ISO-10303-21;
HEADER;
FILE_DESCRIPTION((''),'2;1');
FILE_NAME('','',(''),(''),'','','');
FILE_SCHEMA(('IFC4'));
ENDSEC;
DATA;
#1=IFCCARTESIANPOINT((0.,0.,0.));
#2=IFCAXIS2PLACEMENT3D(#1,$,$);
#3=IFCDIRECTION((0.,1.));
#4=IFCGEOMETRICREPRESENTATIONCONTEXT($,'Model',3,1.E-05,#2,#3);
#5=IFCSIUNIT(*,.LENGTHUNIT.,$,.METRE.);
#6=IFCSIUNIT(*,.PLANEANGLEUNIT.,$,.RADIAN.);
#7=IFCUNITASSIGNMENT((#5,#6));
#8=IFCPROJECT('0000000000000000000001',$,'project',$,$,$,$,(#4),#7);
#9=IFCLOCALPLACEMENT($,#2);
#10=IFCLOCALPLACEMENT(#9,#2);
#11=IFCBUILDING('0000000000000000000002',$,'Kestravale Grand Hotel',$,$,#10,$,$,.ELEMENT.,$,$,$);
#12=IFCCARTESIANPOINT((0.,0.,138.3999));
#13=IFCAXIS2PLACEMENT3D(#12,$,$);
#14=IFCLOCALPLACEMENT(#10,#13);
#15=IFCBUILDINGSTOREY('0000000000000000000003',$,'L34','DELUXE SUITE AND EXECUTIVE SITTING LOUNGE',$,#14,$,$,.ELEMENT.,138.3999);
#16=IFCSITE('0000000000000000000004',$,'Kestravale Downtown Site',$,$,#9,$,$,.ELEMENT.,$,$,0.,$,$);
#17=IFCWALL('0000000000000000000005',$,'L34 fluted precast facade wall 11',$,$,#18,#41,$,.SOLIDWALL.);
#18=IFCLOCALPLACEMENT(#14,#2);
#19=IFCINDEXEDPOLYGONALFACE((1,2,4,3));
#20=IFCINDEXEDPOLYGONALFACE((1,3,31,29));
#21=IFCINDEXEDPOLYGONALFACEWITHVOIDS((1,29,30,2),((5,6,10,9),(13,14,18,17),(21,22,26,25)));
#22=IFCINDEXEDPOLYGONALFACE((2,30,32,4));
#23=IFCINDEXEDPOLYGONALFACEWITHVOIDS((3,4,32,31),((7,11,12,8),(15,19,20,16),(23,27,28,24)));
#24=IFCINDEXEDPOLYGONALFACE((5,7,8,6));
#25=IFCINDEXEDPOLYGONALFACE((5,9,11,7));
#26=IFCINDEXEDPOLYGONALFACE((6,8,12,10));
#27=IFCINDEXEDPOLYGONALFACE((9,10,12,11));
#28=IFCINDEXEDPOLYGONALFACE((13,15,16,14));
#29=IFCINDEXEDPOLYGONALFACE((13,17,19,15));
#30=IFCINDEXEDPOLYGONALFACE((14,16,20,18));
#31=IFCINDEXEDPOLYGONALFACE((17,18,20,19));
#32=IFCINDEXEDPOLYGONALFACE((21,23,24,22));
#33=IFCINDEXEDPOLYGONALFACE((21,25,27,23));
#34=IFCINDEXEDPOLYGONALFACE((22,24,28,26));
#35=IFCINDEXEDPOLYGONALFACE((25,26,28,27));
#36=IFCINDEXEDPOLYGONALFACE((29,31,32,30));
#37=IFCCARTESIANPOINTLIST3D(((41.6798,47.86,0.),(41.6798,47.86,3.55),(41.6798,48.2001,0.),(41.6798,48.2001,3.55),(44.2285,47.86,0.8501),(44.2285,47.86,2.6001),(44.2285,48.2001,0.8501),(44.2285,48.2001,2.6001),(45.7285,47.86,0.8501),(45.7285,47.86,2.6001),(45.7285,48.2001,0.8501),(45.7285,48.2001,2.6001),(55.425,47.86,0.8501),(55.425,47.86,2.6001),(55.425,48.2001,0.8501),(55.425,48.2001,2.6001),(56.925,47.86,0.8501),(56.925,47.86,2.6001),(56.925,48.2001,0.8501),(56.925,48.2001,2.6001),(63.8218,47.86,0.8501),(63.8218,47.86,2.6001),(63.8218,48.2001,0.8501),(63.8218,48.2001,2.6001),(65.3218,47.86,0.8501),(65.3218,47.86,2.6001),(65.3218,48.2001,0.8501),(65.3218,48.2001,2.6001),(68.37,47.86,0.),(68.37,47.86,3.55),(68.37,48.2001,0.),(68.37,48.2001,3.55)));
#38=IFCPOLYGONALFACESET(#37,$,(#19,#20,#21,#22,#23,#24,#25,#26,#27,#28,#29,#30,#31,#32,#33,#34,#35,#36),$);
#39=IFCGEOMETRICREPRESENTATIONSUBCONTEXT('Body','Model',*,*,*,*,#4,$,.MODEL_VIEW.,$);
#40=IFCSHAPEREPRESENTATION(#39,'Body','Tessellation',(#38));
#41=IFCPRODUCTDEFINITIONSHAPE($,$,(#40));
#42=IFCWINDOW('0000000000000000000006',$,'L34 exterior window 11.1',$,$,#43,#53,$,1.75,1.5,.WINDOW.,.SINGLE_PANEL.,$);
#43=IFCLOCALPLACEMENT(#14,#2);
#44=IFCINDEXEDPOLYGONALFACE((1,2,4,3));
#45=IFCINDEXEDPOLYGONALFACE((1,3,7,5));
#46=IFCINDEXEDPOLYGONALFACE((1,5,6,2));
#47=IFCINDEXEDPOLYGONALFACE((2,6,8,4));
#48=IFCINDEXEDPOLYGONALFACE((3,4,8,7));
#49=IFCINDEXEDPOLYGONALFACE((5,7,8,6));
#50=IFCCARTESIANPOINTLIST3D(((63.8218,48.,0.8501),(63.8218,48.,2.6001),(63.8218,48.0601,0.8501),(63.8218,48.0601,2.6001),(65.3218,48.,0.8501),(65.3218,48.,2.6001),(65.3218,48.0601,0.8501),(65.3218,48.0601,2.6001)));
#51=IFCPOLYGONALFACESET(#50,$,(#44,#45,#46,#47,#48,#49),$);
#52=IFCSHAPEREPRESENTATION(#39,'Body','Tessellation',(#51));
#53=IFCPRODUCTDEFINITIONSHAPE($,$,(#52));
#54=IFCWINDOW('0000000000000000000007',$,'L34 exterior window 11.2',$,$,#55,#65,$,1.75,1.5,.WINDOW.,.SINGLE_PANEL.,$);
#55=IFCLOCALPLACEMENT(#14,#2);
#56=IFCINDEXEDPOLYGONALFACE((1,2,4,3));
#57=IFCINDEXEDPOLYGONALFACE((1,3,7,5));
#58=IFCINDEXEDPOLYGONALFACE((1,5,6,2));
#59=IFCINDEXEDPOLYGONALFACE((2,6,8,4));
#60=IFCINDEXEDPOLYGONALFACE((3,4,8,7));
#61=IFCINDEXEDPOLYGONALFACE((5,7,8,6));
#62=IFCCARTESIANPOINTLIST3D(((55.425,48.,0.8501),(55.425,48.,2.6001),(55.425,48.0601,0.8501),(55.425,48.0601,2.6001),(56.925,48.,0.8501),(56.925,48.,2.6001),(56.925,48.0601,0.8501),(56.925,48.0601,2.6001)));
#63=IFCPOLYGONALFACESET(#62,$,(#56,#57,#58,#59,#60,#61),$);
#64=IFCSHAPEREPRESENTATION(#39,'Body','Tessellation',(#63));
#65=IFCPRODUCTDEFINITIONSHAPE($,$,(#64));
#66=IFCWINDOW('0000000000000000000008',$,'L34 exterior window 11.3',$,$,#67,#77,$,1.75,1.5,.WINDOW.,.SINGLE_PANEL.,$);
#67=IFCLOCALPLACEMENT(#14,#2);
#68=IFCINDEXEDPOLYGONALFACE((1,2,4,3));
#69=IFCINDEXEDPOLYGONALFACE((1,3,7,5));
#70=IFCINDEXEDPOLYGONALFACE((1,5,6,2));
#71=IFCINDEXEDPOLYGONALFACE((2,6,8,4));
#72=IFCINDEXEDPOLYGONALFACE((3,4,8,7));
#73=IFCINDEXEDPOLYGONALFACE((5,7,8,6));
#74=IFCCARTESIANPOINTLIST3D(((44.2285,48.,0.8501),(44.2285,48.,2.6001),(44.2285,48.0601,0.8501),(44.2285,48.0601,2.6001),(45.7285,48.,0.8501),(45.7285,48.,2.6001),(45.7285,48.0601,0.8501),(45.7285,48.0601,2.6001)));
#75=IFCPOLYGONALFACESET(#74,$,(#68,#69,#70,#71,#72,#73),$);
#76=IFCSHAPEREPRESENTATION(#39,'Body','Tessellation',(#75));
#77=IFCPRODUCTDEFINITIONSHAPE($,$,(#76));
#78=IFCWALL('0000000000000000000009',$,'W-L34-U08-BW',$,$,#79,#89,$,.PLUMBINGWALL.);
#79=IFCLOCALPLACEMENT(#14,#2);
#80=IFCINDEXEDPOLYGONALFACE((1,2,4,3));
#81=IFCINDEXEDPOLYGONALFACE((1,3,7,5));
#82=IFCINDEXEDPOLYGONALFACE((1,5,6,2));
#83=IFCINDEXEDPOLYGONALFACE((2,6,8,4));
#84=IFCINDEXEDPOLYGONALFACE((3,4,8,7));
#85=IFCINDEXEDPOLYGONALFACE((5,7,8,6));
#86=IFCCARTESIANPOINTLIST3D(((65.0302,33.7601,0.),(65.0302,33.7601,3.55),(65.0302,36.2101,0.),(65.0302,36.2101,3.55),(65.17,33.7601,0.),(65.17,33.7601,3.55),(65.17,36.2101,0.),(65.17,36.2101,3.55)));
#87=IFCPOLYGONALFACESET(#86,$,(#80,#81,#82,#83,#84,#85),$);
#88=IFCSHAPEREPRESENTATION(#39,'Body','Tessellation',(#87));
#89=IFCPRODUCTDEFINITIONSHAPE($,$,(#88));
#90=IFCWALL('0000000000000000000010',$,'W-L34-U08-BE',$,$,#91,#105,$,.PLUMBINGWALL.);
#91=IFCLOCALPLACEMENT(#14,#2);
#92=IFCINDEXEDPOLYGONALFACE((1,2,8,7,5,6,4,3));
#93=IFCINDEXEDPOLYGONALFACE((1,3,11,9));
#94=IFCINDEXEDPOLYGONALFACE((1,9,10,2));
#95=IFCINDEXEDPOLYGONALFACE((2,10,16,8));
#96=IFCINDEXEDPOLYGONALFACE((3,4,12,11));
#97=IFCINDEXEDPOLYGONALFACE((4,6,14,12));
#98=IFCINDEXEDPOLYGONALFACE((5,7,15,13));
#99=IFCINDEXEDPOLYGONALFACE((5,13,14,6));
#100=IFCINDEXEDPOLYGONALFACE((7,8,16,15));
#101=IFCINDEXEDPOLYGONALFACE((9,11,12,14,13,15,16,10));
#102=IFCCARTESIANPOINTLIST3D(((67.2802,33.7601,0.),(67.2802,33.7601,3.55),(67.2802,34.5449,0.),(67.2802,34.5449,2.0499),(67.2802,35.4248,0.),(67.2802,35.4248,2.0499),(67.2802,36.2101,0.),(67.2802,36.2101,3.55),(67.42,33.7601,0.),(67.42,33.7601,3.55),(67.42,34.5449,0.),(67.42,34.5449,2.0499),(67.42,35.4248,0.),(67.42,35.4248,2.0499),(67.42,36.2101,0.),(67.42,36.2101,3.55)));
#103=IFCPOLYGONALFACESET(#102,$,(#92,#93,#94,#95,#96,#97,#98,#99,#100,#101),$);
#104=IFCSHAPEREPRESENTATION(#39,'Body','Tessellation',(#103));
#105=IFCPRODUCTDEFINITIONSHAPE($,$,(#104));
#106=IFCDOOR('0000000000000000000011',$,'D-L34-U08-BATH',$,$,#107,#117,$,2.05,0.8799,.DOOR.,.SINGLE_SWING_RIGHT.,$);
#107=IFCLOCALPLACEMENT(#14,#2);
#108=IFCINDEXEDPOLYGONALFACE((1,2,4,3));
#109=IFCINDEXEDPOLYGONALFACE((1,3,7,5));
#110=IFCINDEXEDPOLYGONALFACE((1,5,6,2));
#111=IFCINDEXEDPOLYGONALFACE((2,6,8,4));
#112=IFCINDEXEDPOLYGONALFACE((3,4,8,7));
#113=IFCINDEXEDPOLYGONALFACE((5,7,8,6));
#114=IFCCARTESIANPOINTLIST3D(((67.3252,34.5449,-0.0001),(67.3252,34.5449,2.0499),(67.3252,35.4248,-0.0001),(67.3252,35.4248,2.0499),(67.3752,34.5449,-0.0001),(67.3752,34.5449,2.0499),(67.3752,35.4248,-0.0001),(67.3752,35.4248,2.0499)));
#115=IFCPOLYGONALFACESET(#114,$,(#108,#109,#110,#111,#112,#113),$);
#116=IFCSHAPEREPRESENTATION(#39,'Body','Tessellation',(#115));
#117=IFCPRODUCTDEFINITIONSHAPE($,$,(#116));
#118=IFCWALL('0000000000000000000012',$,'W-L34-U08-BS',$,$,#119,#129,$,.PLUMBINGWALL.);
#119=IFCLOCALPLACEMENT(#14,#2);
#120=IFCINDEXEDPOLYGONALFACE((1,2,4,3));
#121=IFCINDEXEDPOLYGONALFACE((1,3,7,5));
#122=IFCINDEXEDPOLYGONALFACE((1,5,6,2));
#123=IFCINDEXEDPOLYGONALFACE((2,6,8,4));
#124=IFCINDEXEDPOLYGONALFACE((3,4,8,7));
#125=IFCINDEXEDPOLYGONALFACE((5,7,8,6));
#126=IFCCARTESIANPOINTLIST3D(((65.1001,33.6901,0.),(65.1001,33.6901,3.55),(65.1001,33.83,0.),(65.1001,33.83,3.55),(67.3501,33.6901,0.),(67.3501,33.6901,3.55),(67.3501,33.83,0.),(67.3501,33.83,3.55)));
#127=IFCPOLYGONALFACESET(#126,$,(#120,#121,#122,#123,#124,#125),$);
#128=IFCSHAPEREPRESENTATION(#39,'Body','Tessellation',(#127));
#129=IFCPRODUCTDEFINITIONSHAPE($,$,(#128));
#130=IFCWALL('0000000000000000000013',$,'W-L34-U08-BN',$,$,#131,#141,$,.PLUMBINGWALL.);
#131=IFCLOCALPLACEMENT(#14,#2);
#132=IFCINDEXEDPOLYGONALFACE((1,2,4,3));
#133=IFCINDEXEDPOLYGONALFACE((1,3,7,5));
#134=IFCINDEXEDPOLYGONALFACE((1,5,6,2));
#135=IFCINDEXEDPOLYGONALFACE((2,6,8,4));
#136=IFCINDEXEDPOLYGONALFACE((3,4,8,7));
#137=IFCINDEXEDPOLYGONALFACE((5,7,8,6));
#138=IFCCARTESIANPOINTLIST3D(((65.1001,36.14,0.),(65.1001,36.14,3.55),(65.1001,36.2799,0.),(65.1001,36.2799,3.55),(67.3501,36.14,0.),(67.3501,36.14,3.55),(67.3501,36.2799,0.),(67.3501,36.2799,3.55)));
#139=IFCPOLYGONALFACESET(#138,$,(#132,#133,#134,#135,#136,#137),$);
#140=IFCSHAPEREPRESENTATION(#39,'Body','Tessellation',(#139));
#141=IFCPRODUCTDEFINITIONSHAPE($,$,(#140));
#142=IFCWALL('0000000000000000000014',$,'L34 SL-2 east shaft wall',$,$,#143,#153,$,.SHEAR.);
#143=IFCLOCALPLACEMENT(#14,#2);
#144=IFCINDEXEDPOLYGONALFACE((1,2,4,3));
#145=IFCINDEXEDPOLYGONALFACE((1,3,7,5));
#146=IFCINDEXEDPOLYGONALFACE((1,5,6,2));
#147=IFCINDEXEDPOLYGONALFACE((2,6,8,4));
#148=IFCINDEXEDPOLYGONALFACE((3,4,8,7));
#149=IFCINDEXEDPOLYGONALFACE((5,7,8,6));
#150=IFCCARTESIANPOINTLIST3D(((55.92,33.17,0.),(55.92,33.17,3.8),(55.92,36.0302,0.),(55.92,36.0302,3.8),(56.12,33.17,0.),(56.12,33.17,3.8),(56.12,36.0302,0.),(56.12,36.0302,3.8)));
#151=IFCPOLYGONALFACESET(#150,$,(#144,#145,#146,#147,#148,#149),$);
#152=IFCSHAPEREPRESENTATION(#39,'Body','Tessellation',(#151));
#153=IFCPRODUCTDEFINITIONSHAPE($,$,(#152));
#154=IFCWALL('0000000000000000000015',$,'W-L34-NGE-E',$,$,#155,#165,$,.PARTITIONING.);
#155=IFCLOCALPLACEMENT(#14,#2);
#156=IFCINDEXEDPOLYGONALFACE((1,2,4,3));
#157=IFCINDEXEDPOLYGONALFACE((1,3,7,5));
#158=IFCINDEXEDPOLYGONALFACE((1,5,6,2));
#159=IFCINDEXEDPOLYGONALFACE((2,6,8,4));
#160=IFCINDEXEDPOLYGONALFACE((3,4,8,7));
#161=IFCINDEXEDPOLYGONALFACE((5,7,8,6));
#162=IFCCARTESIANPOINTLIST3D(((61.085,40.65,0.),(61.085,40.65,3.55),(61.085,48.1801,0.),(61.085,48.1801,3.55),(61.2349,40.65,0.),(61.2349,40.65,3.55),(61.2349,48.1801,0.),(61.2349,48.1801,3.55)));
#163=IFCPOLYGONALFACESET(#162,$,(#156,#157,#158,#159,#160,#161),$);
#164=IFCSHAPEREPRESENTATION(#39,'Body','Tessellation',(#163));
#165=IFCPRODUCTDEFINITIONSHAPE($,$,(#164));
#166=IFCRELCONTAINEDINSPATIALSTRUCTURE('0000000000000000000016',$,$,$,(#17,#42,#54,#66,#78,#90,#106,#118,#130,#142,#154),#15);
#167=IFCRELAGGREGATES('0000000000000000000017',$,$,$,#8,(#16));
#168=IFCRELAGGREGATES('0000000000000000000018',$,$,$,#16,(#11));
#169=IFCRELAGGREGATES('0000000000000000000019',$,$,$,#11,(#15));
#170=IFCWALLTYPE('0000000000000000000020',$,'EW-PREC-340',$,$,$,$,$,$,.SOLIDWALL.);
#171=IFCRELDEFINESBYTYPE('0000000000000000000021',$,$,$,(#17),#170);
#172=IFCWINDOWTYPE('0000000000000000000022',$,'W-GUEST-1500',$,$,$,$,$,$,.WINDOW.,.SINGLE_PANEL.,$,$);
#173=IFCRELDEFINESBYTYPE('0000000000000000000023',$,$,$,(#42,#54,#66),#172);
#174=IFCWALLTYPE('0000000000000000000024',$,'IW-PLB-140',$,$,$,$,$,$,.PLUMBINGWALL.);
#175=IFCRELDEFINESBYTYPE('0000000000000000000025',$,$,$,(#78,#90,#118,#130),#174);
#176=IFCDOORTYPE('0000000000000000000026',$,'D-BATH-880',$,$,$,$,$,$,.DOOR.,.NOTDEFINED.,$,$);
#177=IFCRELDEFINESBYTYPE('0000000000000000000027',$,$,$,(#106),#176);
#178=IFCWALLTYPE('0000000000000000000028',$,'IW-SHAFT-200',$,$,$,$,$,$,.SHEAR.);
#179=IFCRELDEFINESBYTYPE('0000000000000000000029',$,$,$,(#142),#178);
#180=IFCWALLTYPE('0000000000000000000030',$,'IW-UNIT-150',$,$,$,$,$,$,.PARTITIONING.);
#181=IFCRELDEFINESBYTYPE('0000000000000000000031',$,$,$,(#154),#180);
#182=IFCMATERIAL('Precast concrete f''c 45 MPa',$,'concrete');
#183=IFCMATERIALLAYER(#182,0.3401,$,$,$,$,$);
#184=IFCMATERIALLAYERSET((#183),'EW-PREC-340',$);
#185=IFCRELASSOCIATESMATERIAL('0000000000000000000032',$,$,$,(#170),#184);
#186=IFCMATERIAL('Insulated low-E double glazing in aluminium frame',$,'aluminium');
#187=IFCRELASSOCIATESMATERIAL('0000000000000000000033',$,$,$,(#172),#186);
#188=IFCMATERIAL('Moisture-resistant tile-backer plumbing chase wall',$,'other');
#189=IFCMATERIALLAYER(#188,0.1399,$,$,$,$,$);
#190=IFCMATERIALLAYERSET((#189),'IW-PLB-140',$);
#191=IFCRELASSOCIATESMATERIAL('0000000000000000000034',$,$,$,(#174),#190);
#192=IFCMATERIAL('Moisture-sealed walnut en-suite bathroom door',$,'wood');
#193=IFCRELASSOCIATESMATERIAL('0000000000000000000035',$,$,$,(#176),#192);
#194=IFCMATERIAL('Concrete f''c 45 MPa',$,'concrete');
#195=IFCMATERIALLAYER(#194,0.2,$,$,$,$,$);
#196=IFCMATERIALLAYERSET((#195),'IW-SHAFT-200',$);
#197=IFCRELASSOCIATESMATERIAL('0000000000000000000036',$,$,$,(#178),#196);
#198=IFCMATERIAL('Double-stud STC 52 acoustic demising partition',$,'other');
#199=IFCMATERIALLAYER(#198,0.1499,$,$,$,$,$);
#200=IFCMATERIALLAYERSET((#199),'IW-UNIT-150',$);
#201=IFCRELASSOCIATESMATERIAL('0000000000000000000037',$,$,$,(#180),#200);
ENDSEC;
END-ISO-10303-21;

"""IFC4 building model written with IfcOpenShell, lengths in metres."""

from ifc_helpers import new_model, si_unit, direction, frame, frame_2d, origin, place, context, subcontext, project, spatial, rectangle, extrude, material, layer, layer_set, type_object, element, fill, save


model = new_model("IFC4")

# Units and contexts
model_context = context("Model", 3, precision=1e-05, world=origin(), true_north=direction((0.0, 1.0)))
body_context = subcontext(model_context, "Body", "Model", "MODEL_VIEW")
ifc_project = project(units=[si_unit("LENGTHUNIT", "METRE"), si_unit("PLANEANGLEUNIT", "RADIAN")], contexts=[model_context])

# Site, building, storey
site_placement = place(None, origin())
site = spatial("IfcSite", under=ifc_project, at=site_placement, Name="Kestravale Downtown Site", CompositionType="ELEMENT", RefElevation=0.0)
building_placement = place(site_placement, origin())
building = spatial("IfcBuilding", under=site, at=building_placement, Name="Kestravale Grand Hotel", CompositionType="ELEMENT")
storey_placement = place(building_placement, frame((0.0, 0.0, 138.3999)))
storey = spatial("IfcBuildingStorey", under=building, at=storey_placement, Name="L34", Description="DELUXE SUITE AND EXECUTIVE SITTING LOUNGE", CompositionType="ELEMENT", Elevation=138.3999)

# Shared definitions
ifc_material_1 = material(Name="Precast concrete f'c 45 MPa", Category="concrete")
ifc_layer_1 = layer(ifc_material_1, 0.3401)
ifc_layer_set_1 = layer_set([ifc_layer_1], Name="EW-PREC-340")
wall_type_1 = type_object("IfcWallType", Name="EW-PREC-340", PredefinedType="SOLIDWALL", material=ifc_layer_set_1)
ifc_material_2 = material(Name="Insulated low-E double glazing in aluminium frame", Category="aluminium")
window_type = type_object("IfcWindowType", Name="W-GUEST-1500", PartitioningType="SINGLE_PANEL", PredefinedType="WINDOW", material=ifc_material_2)

# Wall, openings, windows
wall_1_placement = place(storey_placement, frame((68.3701, 48.03, 0.0), z_axis=(0.0, 0.0, 1.0), x_axis=(-1.0, 0.0, 0.0)))
wall_1 = element("IfcWall", 1, at=wall_1_placement, inside=storey, type_object=wall_type_1, Name="L34 fluted precast facade wall 11", PredefinedType="SOLIDWALL", context=body_context, shape_type="SweptSolid", body=[
    extrude(rectangle(XDim=26.6902, YDim=0.3401, at=frame_2d((13.3452, 0.0))), origin(), (0.0, 0.0, 1.0), 3.55),
])
opening_1_placement = place(wall_1_placement, frame((3.0483, 0.0, 0.8501)))
opening_1 = element("IfcOpeningElement", 2, at=opening_1_placement, cuts=wall_1, PredefinedType="OPENING", context=body_context, shape_type="SweptSolid", body=[
    extrude(rectangle(XDim=1.5, YDim=1.75, at=frame_2d((0.75, 0.875))), frame((0.0, 0.1799, 0.0), z_axis=(0.0, -1.0, 0.0), x_axis=(1.0, 0.0, 0.0)), (0.0, 0.0, 1.0), 0.3601),
])
opening_2_placement = place(wall_1_placement, frame((11.4451, 0.0, 0.8501)))
opening_2 = element("IfcOpeningElement", 3, at=opening_2_placement, cuts=wall_1, PredefinedType="OPENING", context=body_context, shape_type="SweptSolid", body=[
    extrude(rectangle(XDim=1.5, YDim=1.75, at=frame_2d((0.75, 0.875))), frame((0.0, 0.1799, 0.0), z_axis=(0.0, -1.0, 0.0), x_axis=(1.0, 0.0, 0.0)), (0.0, 0.0, 1.0), 0.3601),
])
opening_3_placement = place(wall_1_placement, frame((22.6416, 0.0, 0.8501)))
opening_3 = element("IfcOpeningElement", 4, at=opening_3_placement, cuts=wall_1, PredefinedType="OPENING", context=body_context, shape_type="SweptSolid", body=[
    extrude(rectangle(XDim=1.5, YDim=1.75, at=frame_2d((0.75, 0.875))), frame((0.0, 0.1799, 0.0), z_axis=(0.0, -1.0, 0.0), x_axis=(1.0, 0.0, 0.0)), (0.0, 0.0, 1.0), 0.3601),
])
window_1_placement = place(opening_1_placement, origin())
window_1 = element("IfcWindow", 5, at=window_1_placement, inside=storey, type_object=window_type, Name="L34 exterior window 11.1", OverallHeight=1.75, OverallWidth=1.5, PartitioningType="SINGLE_PANEL", PredefinedType="WINDOW", context=body_context, shape_type="SweptSolid", body=[
    extrude(rectangle(XDim=1.5, YDim=1.75, at=frame_2d((0.75, 0.875))), frame((0.0, 0.03, 0.0), z_axis=(0.0, -1.0, 0.0), x_axis=(1.0, 0.0, 0.0)), (0.0, 0.0, 1.0), 0.0601),
])
fill(opening_1, window_1)
window_2_placement = place(opening_2_placement, origin())
window_2 = element("IfcWindow", 6, at=window_2_placement, inside=storey, type_object=window_type, Name="L34 exterior window 11.2", OverallHeight=1.75, OverallWidth=1.5, PartitioningType="SINGLE_PANEL", PredefinedType="WINDOW", context=body_context, shape_type="SweptSolid", body=[
    extrude(rectangle(XDim=1.5, YDim=1.75, at=frame_2d((0.75, 0.875))), frame((0.0, 0.03, 0.0), z_axis=(0.0, -1.0, 0.0), x_axis=(1.0, 0.0, 0.0)), (0.0, 0.0, 1.0), 0.0601),
])
fill(opening_2, window_2)
window_3_placement = place(opening_3_placement, origin())
window_3 = element("IfcWindow", 7, at=window_3_placement, inside=storey, type_object=window_type, Name="L34 exterior window 11.3", OverallHeight=1.75, OverallWidth=1.5, PartitioningType="SINGLE_PANEL", PredefinedType="WINDOW", context=body_context, shape_type="SweptSolid", body=[
    extrude(rectangle(XDim=1.5, YDim=1.75, at=frame_2d((0.75, 0.875))), frame((0.0, 0.03, 0.0), z_axis=(0.0, -1.0, 0.0), x_axis=(1.0, 0.0, 0.0)), (0.0, 0.0, 1.0), 0.0601),
])
fill(opening_3, window_3)

# Wall
ifc_material_3 = material(Name="Moisture-resistant tile-backer plumbing chase wall", Category="other")
ifc_layer_2 = layer(ifc_material_3, 0.1399)
ifc_layer_set_2 = layer_set([ifc_layer_2], Name="IW-PLB-140")
wall_type_2 = type_object("IfcWallType", Name="IW-PLB-140", PredefinedType="PLUMBINGWALL", material=ifc_layer_set_2)
wall_2_placement = place(storey_placement, frame((65.1001, 33.76, 0.0), z_axis=(0.0, 0.0, 1.0), x_axis=(0.0, 1.0, 0.0)))
element("IfcWall", 8, at=wall_2_placement, inside=storey, type_object=wall_type_2, Name="W-L34-U08-BW", PredefinedType="PLUMBINGWALL", context=body_context, shape_type="SweptSolid", body=[
    extrude(rectangle(XDim=2.45, YDim=0.1399, at=frame_2d((1.2251, 0.0))), origin(), (0.0, 0.0, 1.0), 3.55),
])

# Wall, opening, door
wall_3_placement = place(storey_placement, frame((67.3501, 33.76, 0.0), z_axis=(0.0, 0.0, 1.0), x_axis=(0.0, 1.0, 0.0)))
wall_3 = element("IfcWall", 9, at=wall_3_placement, inside=storey, type_object=wall_type_2, Name="W-L34-U08-BE", PredefinedType="PLUMBINGWALL", context=body_context, shape_type="SweptSolid", body=[
    extrude(rectangle(XDim=2.45, YDim=0.1399, at=frame_2d((1.2251, 0.0))), origin(), (0.0, 0.0, 1.0), 3.55),
])
opening_4_placement = place(wall_3_placement, frame((0.7849, 0.0, 0.0)))
opening_4 = element("IfcOpeningElement", 10, at=opening_4_placement, cuts=wall_3, PredefinedType="OPENING", context=body_context, shape_type="SweptSolid", body=[
    extrude(rectangle(XDim=0.8799, YDim=2.05, at=frame_2d((0.4399, 1.0249))), frame((0.0, 0.0798, 0.0), z_axis=(0.0, -1.0, 0.0), x_axis=(1.0, 0.0, 0.0)), (0.0, 0.0, 1.0), 0.1599),
])
ifc_material_4 = material(Name="Moisture-sealed walnut en-suite bathroom door", Category="wood")
door_type_1 = type_object("IfcDoorType", Name="D-BATH-880", OperationType="NOTDEFINED", PredefinedType="DOOR", material=ifc_material_4)
door_1_placement = place(opening_4_placement, origin())
door_1 = element("IfcDoor", 11, at=door_1_placement, inside=storey, type_object=door_type_1, Name="D-L34-U08-BATH", OperationType="SINGLE_SWING_RIGHT", OverallHeight=2.05, OverallWidth=0.8799, PredefinedType="DOOR", context=body_context, shape_type="SweptSolid", body=[
    extrude(rectangle(XDim=0.8799, YDim=2.05, at=frame_2d((0.4399, 1.0249))), frame((0.0, 0.0249, 0.0), z_axis=(0.0, -1.0, 0.0), x_axis=(1.0, 0.0, 0.0)), (0.0, 0.0, 1.0), 0.05),
])
fill(opening_4, door_1)

# Walls
for number, where, z_axis, x_axis, name in (
    (12, (65.1001, 33.76, 0.0), (0.0, 0.0, 1.0), (1.0, 0.0, 0.0), "W-L34-U08-BS"),
    (13, (65.1001, 36.21, 0.0), (0.0, 0.0, 1.0), (1.0, 0.0, 0.0), "W-L34-U08-BN"),
):
    element("IfcWall", number, at=place(storey_placement, frame(where, z_axis=z_axis, x_axis=x_axis)), inside=storey, type_object=wall_type_2, Name=name, PredefinedType="PLUMBINGWALL", context=body_context, shape_type="SweptSolid", body=[
        extrude(rectangle(XDim=2.25, YDim=0.1399, at=frame_2d((1.125, 0.0))), origin(), (0.0, 0.0, 1.0), 3.55),
    ])
ifc_material_5 = material(Name="Concrete f'c 45 MPa", Category="concrete")
ifc_layer_3 = layer(ifc_material_5, 0.2)
ifc_layer_set_3 = layer_set([ifc_layer_3], Name="IW-SHAFT-200")
wall_type_3 = type_object("IfcWallType", Name="IW-SHAFT-200", PredefinedType="SHEAR", material=ifc_layer_set_3)
wall_4_placement = place(storey_placement, frame((56.02, 33.1699, 0.0), z_axis=(0.0, 0.0, 1.0), x_axis=(0.0, 1.0, 0.0)))
element("IfcWall", 14, at=wall_4_placement, inside=storey, type_object=wall_type_3, Name="L34 SL-2 east shaft wall", PredefinedType="SHEAR", context=body_context, shape_type="SweptSolid", body=[
    extrude(rectangle(XDim=2.8601, YDim=0.2, at=frame_2d((1.4302, 0.0))), origin(), (0.0, 0.0, 1.0), 3.8),
])

# Shared definitions
ifc_material_6 = material(Name="Double-stud STC 52 acoustic demising partition", Category="other")
ifc_layer_4 = layer(ifc_material_6, 0.1499)
ifc_layer_set_4 = layer_set([ifc_layer_4], Name="IW-UNIT-150")
wall_type_4 = type_object("IfcWallType", Name="IW-UNIT-150", PredefinedType="PARTITIONING", material=ifc_layer_set_4)

# Wall
wall_5_placement = place(storey_placement, frame((61.1599, 40.6499, 0.0), z_axis=(0.0, 0.0, 1.0), x_axis=(0.0, 1.0, 0.0)))
element("IfcWall", 15, at=wall_5_placement, inside=storey, type_object=wall_type_4, Name="W-L34-NGE-E", PredefinedType="PARTITIONING", context=body_context, shape_type="SweptSolid", body=[
    extrude(rectangle(XDim=7.53, YDim=0.1499, at=frame_2d((3.7651, 0.0))), origin(), (0.0, 0.0, 1.0), 3.55),
])

save(model, "model.ifc")
